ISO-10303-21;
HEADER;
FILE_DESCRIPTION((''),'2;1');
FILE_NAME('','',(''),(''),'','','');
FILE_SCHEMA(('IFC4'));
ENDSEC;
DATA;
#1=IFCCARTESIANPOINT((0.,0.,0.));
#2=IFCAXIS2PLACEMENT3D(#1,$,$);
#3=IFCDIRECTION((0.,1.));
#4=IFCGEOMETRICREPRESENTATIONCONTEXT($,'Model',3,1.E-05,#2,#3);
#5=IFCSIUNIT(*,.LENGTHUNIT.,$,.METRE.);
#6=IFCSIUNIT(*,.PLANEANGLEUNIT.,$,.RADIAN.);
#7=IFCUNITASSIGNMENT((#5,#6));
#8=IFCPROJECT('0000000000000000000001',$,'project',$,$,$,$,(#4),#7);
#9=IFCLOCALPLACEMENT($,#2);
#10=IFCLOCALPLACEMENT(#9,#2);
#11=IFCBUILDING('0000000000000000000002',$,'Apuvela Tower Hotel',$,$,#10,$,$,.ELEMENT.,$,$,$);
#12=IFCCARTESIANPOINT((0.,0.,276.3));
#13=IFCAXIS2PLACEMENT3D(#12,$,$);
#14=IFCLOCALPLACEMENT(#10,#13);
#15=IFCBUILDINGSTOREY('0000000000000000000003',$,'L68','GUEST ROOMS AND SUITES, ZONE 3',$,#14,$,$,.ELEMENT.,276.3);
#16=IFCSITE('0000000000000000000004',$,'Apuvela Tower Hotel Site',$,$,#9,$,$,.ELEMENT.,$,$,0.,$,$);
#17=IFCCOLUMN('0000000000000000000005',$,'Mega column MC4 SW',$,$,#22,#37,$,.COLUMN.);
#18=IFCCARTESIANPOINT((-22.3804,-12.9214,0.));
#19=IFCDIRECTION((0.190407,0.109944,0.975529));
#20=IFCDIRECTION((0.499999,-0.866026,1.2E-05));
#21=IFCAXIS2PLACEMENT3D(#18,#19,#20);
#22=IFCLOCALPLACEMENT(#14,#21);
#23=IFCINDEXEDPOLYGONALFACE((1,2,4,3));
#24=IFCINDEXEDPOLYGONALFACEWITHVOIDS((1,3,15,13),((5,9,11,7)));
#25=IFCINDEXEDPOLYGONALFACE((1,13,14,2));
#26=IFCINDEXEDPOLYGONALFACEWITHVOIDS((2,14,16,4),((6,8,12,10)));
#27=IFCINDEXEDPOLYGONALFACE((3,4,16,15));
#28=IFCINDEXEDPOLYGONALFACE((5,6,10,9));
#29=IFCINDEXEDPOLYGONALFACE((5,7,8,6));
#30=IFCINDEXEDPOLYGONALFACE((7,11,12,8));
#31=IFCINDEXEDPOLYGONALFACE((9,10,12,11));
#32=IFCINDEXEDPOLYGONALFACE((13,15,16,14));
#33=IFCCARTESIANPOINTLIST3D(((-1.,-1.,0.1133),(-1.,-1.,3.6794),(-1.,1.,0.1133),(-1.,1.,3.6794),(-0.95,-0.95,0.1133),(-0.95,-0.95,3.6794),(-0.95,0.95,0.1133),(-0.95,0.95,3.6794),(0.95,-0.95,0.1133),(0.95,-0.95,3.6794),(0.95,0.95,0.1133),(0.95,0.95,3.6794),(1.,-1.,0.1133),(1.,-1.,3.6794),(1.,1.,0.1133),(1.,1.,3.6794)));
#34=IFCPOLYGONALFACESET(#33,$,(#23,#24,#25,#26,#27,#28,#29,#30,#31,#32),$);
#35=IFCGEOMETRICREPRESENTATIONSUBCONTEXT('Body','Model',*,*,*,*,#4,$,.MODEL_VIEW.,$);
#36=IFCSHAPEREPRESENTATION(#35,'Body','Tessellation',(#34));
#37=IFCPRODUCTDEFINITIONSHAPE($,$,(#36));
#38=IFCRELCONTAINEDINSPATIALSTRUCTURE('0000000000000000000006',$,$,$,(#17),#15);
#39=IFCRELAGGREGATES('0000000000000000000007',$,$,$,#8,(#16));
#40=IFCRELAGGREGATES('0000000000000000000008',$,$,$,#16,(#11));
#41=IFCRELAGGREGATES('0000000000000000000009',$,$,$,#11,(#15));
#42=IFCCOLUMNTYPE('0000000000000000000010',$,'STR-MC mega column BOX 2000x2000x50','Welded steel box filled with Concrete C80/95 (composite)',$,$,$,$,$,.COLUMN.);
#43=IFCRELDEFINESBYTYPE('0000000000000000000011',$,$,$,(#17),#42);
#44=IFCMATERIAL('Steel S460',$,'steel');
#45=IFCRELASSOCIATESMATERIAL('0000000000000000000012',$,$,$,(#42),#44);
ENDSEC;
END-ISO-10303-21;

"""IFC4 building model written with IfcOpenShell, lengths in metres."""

from ifc_helpers import new_model, si_unit, direction, frame, origin, origin_2d, place, context, subcontext, project, spatial, rectangle, hollow_rectangle, extrude, boolean, halfspace, material, material_profile, profile_set, type_object, element, save


model = new_model("IFC4")

# Units and contexts
model_context = context("Model", 3, precision=1e-05, world=origin(), true_north=direction((0.0, 1.0)))
body_context = subcontext(model_context, "Body", "Model", "MODEL_VIEW")
ifc_project = project(units=[si_unit("LENGTHUNIT", "METRE"), si_unit("PLANEANGLEUNIT", "RADIAN")], contexts=[model_context])

# Site, building, storey
site_placement = place(None, origin())
site = spatial("IfcSite", under=ifc_project, at=site_placement, Name="Apuvela Tower Hotel Site", CompositionType="ELEMENT", RefElevation=0.0)
building_placement = place(site_placement, origin())
building = spatial("IfcBuilding", under=site, at=building_placement, Name="Apuvela Tower Hotel", CompositionType="ELEMENT")
storey_placement = place(building_placement, frame((0.0, 0.0, 276.3)))
storey = spatial("IfcBuildingStorey", under=building, at=storey_placement, Name="L68", Description="GUEST ROOMS AND SUITES, ZONE 3", CompositionType="ELEMENT", Elevation=276.3)

# Column
ifc_material_1 = material(Name="Steel S460", Category="steel")
ifc_material_profile_1 = material_profile(ifc_material_1, hollow_rectangle(XDim=2.0, YDim=2.0, WallThickness=0.05, at=origin_2d()), Name="BOX 2000x2000x50")
ifc_material_2 = material(Name="Concrete C80/95", Category="concrete")
ifc_material_profile_2 = material_profile(ifc_material_2, rectangle(XDim=1.8999, YDim=1.8999, at=origin_2d()), Name="Concrete C80/95 infill")
ifc_profile_set_1 = profile_set([ifc_material_profile_1, ifc_material_profile_2], Name="Steel S460")
column_type_1 = type_object("IfcColumnType", Name="STR-MC mega column BOX 2000x2000x50", Description="Welded steel box filled with Concrete C80/95 (composite)", PredefinedType="COLUMN", material=ifc_profile_set_1)
column_1_placement = place(storey_placement, frame((-22.3804, -12.9214, 0.0), z_axis=(0.190407, 0.109944, 0.975529), x_axis=(0.499999, -0.866026, 0.000012)))
element("IfcColumn", 1, at=column_1_placement, inside=storey, type_object=column_type_1, Name="Mega column MC4 SW", PredefinedType="COLUMN", context=body_context, shape_type="SweptSolid", body=[
    boolean("DIFFERENCE", boolean("DIFFERENCE", extrude(hollow_rectangle(XDim=2.0, YDim=2.0, WallThickness=0.05, at=origin_2d()), origin(), (0.0, 0.0, 1.0), 3.7927), halfspace(frame((0.0, 0.0, 0.1133), z_axis=(0.0, 0.0, 1.0), x_axis=(1.0, 0.0, 0.0)), True)), halfspace(frame((0.0, 0.0, 3.6794), z_axis=(0.0, 0.0, 1.0), x_axis=(1.0, 0.0, 0.0)), False)),
])

save(model, "model.ifc")
